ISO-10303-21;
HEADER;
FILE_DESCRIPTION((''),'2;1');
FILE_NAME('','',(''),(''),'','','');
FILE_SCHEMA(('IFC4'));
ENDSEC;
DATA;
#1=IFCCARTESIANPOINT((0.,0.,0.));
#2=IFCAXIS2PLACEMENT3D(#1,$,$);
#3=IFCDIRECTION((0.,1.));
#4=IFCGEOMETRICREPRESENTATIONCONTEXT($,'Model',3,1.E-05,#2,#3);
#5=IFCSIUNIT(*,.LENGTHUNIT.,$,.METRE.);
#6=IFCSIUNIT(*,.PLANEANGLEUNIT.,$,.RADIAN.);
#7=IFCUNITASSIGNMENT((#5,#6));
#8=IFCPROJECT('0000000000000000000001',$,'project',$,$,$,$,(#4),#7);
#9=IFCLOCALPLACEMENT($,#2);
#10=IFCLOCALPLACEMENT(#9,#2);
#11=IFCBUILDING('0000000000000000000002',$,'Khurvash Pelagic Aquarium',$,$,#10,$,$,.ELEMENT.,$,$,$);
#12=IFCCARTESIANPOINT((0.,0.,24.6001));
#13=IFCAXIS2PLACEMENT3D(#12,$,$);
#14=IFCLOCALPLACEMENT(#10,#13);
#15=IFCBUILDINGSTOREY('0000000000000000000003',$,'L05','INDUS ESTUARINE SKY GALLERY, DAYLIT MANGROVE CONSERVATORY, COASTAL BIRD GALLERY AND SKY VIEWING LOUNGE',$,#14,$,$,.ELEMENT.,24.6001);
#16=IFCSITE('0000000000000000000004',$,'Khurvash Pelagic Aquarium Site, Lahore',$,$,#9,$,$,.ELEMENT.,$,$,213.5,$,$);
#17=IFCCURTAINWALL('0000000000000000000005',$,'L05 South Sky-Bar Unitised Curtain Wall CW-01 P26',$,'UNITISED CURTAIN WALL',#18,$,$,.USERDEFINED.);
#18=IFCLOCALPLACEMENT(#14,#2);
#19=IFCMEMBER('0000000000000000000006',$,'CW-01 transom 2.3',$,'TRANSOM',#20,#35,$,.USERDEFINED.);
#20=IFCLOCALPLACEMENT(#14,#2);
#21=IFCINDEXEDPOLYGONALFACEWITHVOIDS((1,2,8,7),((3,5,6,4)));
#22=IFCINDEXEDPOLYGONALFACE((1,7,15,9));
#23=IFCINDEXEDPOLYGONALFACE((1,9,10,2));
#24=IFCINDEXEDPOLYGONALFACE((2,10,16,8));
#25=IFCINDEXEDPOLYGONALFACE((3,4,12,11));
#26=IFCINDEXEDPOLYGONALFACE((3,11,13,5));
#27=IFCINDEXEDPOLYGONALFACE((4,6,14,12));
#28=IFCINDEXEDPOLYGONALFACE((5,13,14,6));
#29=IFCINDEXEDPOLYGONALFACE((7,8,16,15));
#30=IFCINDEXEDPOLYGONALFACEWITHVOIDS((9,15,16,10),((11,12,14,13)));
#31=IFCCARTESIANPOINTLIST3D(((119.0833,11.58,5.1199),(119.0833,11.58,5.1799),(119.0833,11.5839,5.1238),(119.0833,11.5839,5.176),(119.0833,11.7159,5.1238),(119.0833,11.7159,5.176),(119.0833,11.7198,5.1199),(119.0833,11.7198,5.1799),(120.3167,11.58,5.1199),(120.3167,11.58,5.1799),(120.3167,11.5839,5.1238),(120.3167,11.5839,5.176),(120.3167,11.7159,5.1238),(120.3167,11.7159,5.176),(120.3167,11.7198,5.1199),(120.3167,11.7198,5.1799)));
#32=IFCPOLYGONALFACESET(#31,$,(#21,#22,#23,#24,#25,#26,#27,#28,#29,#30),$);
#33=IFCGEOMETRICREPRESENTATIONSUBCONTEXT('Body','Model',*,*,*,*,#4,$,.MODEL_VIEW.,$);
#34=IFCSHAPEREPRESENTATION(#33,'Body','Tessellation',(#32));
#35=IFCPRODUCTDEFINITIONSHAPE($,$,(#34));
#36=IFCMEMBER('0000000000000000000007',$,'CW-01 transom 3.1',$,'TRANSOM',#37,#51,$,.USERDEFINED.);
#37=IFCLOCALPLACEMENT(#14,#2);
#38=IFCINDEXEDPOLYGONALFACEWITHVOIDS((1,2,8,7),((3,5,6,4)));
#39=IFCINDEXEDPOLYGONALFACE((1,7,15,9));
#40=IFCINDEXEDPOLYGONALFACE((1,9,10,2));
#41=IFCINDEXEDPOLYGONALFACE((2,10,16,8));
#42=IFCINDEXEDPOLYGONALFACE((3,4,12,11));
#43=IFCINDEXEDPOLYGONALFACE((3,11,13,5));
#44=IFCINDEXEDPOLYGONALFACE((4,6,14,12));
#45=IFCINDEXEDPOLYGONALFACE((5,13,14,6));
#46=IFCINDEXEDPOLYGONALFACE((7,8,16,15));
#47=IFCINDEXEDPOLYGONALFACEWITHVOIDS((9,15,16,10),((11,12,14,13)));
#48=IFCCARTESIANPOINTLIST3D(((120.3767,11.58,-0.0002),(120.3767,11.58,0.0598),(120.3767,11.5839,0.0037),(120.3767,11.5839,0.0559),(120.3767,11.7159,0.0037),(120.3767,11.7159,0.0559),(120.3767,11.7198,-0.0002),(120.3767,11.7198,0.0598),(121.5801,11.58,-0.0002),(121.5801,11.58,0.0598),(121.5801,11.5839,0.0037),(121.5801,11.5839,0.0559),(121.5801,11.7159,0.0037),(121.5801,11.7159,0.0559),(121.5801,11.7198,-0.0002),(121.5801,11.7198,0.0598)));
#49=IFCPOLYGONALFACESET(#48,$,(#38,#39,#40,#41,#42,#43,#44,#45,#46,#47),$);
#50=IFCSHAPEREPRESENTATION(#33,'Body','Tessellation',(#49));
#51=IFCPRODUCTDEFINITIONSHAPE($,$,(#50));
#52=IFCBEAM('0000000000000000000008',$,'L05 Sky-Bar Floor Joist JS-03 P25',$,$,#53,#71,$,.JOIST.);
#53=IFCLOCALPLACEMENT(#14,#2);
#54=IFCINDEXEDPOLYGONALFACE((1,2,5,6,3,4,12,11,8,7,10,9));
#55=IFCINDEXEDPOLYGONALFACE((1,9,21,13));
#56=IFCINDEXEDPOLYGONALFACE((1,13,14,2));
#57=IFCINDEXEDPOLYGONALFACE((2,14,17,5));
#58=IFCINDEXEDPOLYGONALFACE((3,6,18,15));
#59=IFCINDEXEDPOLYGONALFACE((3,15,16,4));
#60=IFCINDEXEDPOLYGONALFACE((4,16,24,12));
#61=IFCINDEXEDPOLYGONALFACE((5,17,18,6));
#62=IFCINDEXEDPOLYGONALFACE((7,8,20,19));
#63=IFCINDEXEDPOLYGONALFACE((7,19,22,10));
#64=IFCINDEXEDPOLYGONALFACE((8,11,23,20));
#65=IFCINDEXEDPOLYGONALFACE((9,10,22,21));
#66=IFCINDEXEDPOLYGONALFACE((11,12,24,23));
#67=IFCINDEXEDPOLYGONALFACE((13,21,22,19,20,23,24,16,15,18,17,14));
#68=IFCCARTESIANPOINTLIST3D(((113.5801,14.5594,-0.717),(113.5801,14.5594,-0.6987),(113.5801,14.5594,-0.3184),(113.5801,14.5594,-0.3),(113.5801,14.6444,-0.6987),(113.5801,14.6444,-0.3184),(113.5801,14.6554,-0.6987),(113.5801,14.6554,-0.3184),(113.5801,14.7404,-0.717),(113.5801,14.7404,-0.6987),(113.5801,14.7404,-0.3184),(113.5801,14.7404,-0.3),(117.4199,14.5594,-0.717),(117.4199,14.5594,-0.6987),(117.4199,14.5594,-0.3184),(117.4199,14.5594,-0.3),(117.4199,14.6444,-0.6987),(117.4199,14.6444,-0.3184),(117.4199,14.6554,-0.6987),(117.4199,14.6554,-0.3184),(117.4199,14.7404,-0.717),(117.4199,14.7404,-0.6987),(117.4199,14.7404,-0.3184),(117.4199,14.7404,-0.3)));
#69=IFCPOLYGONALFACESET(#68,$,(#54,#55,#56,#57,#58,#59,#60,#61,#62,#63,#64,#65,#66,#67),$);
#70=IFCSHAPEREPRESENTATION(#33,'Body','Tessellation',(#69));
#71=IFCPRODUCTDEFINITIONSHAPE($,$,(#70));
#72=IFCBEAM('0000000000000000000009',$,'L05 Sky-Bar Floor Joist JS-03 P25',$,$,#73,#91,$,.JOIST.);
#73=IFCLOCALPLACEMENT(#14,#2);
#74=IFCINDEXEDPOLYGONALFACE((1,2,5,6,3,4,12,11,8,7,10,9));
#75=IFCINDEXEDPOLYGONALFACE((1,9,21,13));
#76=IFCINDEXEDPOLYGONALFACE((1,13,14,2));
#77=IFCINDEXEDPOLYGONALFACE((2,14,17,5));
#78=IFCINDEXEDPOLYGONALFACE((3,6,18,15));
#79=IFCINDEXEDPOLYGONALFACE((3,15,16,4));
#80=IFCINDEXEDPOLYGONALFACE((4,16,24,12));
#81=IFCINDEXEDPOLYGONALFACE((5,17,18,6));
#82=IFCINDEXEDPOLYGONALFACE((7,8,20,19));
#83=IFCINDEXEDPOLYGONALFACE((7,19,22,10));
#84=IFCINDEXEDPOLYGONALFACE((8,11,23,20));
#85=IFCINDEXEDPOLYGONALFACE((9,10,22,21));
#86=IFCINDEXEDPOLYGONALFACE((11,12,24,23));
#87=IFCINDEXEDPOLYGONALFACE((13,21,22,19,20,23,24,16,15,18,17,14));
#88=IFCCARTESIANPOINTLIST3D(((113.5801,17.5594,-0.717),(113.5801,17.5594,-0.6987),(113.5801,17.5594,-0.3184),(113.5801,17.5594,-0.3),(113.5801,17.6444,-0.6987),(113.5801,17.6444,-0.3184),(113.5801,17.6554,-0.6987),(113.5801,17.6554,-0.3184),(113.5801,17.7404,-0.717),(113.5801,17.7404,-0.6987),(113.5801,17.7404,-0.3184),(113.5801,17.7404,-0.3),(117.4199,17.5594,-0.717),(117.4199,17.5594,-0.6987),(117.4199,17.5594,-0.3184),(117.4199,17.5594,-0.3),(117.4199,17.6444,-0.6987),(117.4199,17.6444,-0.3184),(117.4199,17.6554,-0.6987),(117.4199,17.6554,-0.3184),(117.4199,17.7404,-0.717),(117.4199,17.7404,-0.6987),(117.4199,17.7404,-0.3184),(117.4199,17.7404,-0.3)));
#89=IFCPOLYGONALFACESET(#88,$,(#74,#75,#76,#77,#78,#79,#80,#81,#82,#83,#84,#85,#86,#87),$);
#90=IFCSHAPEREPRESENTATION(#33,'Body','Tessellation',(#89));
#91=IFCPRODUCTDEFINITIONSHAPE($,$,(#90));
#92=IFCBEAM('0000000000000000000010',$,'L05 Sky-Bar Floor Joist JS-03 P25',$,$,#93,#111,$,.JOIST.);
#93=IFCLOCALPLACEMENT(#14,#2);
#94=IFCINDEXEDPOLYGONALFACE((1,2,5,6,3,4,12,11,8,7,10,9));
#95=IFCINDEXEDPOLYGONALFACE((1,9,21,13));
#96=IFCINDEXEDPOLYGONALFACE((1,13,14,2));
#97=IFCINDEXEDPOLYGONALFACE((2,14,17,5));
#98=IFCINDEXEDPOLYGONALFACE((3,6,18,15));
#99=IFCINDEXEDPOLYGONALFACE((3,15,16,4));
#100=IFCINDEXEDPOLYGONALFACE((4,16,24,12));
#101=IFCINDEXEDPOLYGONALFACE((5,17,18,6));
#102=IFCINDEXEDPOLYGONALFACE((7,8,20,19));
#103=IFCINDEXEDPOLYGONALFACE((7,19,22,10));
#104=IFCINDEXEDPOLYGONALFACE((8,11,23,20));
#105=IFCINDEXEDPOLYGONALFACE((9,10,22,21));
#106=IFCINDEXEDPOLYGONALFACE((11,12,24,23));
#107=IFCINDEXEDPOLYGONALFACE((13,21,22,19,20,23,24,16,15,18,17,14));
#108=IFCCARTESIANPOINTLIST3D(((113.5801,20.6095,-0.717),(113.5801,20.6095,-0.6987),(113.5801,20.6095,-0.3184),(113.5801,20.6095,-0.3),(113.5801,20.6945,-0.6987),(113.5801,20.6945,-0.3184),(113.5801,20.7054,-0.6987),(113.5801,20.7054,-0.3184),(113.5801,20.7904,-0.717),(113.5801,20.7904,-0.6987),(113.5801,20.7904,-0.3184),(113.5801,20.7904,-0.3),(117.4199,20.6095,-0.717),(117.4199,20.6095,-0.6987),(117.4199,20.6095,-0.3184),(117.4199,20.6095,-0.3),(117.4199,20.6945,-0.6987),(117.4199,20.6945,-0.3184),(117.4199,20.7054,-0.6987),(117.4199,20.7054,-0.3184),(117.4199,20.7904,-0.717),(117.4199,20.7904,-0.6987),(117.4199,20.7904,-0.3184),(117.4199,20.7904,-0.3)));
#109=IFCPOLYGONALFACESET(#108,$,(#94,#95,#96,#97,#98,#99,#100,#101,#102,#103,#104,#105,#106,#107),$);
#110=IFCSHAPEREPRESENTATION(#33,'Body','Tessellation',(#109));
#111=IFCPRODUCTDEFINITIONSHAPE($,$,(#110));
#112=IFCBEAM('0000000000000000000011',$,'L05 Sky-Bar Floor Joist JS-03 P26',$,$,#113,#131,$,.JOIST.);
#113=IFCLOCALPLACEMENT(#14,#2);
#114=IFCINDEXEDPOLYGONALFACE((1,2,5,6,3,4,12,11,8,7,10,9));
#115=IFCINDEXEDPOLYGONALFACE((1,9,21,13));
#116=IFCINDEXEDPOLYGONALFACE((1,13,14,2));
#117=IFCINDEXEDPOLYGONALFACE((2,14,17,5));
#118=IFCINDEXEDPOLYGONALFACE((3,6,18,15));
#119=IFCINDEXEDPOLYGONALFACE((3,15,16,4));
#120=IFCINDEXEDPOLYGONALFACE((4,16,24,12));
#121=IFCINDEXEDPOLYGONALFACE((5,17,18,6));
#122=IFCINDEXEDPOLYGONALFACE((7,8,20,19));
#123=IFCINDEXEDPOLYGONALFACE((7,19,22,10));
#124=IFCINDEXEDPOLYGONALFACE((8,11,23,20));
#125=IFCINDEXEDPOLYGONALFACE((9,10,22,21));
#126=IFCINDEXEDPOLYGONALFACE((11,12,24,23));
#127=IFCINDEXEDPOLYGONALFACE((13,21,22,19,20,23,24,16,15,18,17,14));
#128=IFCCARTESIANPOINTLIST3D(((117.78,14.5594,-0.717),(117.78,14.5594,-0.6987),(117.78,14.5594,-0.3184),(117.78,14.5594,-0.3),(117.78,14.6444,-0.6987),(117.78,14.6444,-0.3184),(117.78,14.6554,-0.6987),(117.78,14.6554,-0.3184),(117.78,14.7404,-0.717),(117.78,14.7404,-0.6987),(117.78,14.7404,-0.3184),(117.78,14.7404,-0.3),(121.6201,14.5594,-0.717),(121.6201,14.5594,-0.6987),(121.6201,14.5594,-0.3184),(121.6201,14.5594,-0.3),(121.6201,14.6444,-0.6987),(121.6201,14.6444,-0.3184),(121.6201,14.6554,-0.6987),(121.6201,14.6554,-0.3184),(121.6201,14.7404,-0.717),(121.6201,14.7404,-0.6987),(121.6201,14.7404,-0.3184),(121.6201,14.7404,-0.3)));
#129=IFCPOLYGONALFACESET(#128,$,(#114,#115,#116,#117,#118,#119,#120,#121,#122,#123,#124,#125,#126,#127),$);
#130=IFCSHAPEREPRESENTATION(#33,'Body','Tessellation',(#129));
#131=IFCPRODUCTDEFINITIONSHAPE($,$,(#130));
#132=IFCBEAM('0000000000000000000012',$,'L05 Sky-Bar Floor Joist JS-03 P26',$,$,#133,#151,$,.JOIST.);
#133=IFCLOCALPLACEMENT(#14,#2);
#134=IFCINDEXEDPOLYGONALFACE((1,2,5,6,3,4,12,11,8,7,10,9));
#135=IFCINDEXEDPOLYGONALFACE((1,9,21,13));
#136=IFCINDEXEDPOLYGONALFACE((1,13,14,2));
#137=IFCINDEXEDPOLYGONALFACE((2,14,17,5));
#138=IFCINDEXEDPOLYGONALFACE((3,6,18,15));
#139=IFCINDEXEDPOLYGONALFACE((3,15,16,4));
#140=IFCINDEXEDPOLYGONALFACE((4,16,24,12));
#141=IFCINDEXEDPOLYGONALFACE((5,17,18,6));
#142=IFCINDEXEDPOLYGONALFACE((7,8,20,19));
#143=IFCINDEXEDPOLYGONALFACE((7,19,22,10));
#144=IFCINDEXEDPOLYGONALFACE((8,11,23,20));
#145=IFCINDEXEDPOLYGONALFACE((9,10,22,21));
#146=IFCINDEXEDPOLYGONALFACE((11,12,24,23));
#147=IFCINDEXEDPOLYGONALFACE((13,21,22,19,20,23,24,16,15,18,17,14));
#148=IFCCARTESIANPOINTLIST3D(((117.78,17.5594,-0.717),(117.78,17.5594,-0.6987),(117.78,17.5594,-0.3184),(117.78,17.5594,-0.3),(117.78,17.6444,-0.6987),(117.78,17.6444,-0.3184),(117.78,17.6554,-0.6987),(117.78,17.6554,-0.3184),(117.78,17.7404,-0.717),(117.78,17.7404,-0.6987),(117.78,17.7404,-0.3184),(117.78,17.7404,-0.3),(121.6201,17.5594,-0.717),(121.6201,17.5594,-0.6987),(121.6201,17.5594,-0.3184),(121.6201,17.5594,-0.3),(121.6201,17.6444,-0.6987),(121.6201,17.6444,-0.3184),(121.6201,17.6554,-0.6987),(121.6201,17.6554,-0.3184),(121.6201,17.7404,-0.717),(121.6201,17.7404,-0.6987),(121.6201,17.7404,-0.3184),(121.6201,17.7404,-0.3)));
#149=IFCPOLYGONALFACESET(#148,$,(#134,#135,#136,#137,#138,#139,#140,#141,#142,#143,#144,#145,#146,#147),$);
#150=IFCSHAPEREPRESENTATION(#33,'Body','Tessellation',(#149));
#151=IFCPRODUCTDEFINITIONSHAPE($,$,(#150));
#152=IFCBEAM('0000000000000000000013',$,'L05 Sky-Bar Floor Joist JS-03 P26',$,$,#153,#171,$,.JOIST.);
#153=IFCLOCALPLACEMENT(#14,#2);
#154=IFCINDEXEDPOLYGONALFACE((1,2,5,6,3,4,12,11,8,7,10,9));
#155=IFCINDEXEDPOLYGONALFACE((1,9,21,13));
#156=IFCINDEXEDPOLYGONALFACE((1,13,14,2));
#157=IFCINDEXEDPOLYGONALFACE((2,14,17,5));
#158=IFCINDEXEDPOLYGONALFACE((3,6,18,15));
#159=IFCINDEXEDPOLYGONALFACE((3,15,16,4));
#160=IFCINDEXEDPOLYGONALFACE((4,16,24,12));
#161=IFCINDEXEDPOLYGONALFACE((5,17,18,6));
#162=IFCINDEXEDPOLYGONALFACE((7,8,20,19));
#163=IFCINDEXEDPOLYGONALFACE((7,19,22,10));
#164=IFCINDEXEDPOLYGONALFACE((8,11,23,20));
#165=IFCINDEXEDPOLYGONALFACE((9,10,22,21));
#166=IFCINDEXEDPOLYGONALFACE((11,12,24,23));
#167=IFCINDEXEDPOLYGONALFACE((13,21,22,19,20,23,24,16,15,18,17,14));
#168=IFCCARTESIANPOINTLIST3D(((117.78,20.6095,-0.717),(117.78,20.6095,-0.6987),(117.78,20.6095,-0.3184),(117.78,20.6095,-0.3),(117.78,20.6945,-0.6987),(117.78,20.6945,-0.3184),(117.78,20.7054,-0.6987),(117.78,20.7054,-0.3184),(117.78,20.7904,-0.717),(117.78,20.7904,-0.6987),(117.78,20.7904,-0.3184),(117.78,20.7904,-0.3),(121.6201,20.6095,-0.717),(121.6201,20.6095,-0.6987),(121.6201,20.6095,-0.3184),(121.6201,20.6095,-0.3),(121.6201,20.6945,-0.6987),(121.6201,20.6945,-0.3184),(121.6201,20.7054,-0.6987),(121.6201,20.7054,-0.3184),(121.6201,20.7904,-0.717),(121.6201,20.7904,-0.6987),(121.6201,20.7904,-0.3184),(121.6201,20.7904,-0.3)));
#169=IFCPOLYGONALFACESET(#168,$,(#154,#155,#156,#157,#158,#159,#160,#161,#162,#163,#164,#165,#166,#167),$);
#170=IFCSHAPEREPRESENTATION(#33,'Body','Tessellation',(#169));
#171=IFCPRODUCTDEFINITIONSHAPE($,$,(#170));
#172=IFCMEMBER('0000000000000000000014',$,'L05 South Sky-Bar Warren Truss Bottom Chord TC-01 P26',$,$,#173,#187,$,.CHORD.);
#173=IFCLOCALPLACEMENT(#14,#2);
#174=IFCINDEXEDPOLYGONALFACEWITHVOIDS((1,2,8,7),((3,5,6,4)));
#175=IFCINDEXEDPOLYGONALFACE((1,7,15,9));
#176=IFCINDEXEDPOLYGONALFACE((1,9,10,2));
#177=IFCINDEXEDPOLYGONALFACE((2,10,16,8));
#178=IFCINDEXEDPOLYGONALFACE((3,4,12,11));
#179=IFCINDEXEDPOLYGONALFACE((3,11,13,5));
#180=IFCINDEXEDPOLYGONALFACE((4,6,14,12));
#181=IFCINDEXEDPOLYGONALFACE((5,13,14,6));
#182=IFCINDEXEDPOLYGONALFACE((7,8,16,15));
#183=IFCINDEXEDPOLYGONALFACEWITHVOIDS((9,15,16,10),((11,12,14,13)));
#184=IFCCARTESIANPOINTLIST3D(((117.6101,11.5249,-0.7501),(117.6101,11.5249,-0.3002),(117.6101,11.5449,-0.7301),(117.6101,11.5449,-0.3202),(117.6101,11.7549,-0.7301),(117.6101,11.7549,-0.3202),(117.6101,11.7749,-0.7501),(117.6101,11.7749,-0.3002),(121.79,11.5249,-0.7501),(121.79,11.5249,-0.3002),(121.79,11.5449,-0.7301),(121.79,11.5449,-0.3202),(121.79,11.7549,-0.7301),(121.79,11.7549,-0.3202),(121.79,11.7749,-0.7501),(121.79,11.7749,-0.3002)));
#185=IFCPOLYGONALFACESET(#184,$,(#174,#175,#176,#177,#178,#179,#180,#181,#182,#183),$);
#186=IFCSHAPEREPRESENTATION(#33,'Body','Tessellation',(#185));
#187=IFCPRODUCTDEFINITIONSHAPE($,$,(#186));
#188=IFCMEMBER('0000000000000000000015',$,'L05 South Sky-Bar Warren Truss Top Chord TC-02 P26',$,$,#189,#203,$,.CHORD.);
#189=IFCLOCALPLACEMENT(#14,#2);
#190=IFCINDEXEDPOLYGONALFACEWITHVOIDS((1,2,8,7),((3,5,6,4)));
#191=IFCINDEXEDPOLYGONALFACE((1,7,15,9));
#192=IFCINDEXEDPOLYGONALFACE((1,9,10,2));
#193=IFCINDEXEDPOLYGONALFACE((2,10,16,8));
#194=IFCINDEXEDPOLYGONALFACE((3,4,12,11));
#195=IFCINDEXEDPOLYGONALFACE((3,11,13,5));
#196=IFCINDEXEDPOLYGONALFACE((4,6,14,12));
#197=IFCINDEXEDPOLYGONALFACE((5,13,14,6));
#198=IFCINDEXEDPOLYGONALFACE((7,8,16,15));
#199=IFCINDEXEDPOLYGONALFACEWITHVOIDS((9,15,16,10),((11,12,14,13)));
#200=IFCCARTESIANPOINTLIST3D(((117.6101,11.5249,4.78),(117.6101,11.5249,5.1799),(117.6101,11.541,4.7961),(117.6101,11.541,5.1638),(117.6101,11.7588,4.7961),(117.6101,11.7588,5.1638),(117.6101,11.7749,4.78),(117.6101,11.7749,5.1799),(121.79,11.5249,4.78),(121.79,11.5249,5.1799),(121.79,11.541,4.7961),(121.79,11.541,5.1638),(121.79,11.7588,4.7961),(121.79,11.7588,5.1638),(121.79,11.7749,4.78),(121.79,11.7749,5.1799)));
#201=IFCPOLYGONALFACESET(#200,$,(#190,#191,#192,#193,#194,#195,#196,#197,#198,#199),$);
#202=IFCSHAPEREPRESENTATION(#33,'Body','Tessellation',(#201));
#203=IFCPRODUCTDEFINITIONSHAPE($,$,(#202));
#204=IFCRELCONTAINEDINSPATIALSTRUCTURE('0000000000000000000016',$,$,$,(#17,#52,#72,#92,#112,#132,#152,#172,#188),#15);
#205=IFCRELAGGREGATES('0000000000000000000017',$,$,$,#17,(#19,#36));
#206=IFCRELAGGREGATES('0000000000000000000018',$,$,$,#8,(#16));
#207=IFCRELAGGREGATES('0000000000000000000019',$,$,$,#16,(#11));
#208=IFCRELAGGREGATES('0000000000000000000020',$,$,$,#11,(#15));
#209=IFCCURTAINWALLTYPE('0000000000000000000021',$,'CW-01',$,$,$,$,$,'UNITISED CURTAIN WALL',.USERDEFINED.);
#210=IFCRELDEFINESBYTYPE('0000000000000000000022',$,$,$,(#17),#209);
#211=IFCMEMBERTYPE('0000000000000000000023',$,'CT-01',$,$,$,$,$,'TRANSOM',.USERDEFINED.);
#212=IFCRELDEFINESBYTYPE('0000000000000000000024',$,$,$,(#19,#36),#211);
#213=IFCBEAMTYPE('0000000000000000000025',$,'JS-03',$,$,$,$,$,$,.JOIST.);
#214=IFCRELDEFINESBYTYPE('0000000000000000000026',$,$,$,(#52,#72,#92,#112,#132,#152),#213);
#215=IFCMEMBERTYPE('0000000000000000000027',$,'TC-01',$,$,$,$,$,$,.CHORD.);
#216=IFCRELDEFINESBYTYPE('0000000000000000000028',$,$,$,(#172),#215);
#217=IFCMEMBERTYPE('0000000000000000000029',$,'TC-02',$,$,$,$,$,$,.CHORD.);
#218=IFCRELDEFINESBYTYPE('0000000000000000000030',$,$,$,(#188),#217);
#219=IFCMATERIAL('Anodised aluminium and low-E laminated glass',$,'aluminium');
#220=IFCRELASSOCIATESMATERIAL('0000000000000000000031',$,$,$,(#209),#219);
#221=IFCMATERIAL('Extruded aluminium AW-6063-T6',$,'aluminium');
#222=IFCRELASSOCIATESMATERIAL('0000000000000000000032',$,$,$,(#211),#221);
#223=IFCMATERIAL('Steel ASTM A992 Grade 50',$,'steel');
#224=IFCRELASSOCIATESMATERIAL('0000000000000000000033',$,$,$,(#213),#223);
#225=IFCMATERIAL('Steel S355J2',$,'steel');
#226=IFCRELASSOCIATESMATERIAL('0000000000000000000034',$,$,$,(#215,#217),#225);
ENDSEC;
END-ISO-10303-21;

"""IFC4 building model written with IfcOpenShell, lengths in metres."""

from ifc_helpers import new_model, si_unit, direction, frame, origin, origin_2d, place, context, subcontext, project, spatial, hollow_rectangle, i_section, extrude, material, material_profile, profile_set, type_object, element, aggregate, save


model = new_model("IFC4")

# Units and contexts
model_context = context("Model", 3, precision=1e-05, world=origin(), true_north=direction((0.0, 1.0)))
body_context = subcontext(model_context, "Body", "Model", "MODEL_VIEW")
ifc_project = project(units=[si_unit("LENGTHUNIT", "METRE"), si_unit("PLANEANGLEUNIT", "RADIAN")], contexts=[model_context])

# Site, building, storey
site_placement = place(None, origin())
site = spatial("IfcSite", under=ifc_project, at=site_placement, Name="Khurvash Pelagic Aquarium Site, Lahore", CompositionType="ELEMENT", RefElevation=213.5)
building_placement = place(site_placement, origin())
building = spatial("IfcBuilding", under=site, at=building_placement, Name="Khurvash Pelagic Aquarium", CompositionType="ELEMENT")
storey_placement = place(building_placement, frame((0.0, 0.0, 24.6001)))
storey = spatial("IfcBuildingStorey", under=building, at=storey_placement, Name="L05", Description="INDUS ESTUARINE SKY GALLERY, DAYLIT MANGROVE CONSERVATORY, COASTAL BIRD GALLERY AND SKY VIEWING LOUNGE", CompositionType="ELEMENT", Elevation=24.6001)

# Shared definitions
ifc_material_1 = material(Name="Steel ASTM A992 Grade 50", Category="steel")

# Curtain wall, members
ifc_material_2 = material(Name="Anodised aluminium and low-E laminated glass", Category="aluminium")
curtain_wall_type = type_object("IfcCurtainWallType", Name="CW-01", ElementType="UNITISED CURTAIN WALL", PredefinedType="USERDEFINED", material=ifc_material_2)
curtain_wall_placement = place(storey_placement, origin())
curtain_wall = element("IfcCurtainWall", 1, at=curtain_wall_placement, inside=storey, type_object=curtain_wall_type, Name="L05 South Sky-Bar Unitised Curtain Wall CW-01 P26", ObjectType="UNITISED CURTAIN WALL", PredefinedType="USERDEFINED")
ifc_material_3 = material(Name="Extruded aluminium AW-6063-T6", Category="aluminium")
ifc_material_profile_1 = material_profile(ifc_material_3, hollow_rectangle(XDim=0.1399, YDim=0.0601, WallThickness=0.0039, at=origin_2d()), Name="CWT140X60X4")
ifc_profile_set_1 = profile_set([ifc_material_profile_1], Name="Extruded aluminium AW-6063-T6")
member_type_1 = type_object("IfcMemberType", Name="CT-01", ElementType="TRANSOM", PredefinedType="USERDEFINED", material=ifc_profile_set_1)
member_1_placement = place(storey_placement, frame((119.0833, 11.6499, 5.1499), z_axis=(1.0, 0.0, 0.0), x_axis=(0.0, 1.0, 0.0)))
member_1 = element("IfcMember", 2, at=member_1_placement, type_object=member_type_1, Name="CW-01 transom 2.3", ObjectType="TRANSOM", PredefinedType="USERDEFINED", context=body_context, shape_type="SweptSolid", body=[
    extrude(hollow_rectangle(XDim=0.1399, YDim=0.0601, WallThickness=0.0039, at=origin_2d()), origin(), (0.0, 0.0, 1.0), 1.2334),
])
member_2_placement = place(storey_placement, frame((120.3767, 11.6499, 0.0298), z_axis=(1.0, 0.0, 0.0), x_axis=(0.0, 1.0, 0.0)))
member_2 = element("IfcMember", 3, at=member_2_placement, type_object=member_type_1, Name="CW-01 transom 3.1", ObjectType="TRANSOM", PredefinedType="USERDEFINED", context=body_context, shape_type="SweptSolid", body=[
    extrude(hollow_rectangle(XDim=0.1399, YDim=0.0601, WallThickness=0.0039, at=origin_2d()), origin(), (0.0, 0.0, 1.0), 1.2034),
])

# Beams
ifc_material_profile_2 = material_profile(ifc_material_1, i_section(OverallWidth=0.1809, OverallDepth=0.417, WebThickness=0.011, FlangeThickness=0.0183, at=origin_2d()), Name="W16X57")
ifc_profile_set_2 = profile_set([ifc_material_profile_2], Name="Steel ASTM A992 Grade 50")
beam_type_1 = type_object("IfcBeamType", Name="JS-03", PredefinedType="JOIST", material=ifc_profile_set_2)
for number, where, z_axis, x_axis, name in (
    (4, (113.5801, 14.6499, -0.5085), (1.0, 0.0, 0.0), (0.0, 1.0, 0.0), "L05 Sky-Bar Floor Joist JS-03 P25"),
    (5, (113.5801, 17.6499, -0.5085), (1.0, 0.0, 0.0), (0.0, 1.0, 0.0), "L05 Sky-Bar Floor Joist JS-03 P25"),
    (6, (113.5801, 20.7, -0.5085), (1.0, 0.0, 0.0), (0.0, 1.0, 0.0), "L05 Sky-Bar Floor Joist JS-03 P25"),
):
    element("IfcBeam", number, at=place(storey_placement, frame(where, z_axis=z_axis, x_axis=x_axis)), inside=storey, type_object=beam_type_1, Name=name, PredefinedType="JOIST", context=body_context, shape_type="SweptSolid", body=[
        extrude(i_section(OverallWidth=0.1809, OverallDepth=0.417, WebThickness=0.011, FlangeThickness=0.0183, at=origin_2d()), origin(), (0.0, 0.0, 1.0), 3.8398),
    ])
for number, where, z_axis, x_axis, name in (
    (7, (117.78, 14.6499, -0.5085), (1.0, 0.0, 0.0), (0.0, 1.0, 0.0), "L05 Sky-Bar Floor Joist JS-03 P26"),
    (8, (117.78, 17.6499, -0.5085), (1.0, 0.0, 0.0), (0.0, 1.0, 0.0), "L05 Sky-Bar Floor Joist JS-03 P26"),
    (9, (117.78, 20.7, -0.5085), (1.0, 0.0, 0.0), (0.0, 1.0, 0.0), "L05 Sky-Bar Floor Joist JS-03 P26"),
):
    element("IfcBeam", number, at=place(storey_placement, frame(where, z_axis=z_axis, x_axis=x_axis)), inside=storey, type_object=beam_type_1, Name=name, PredefinedType="JOIST", context=body_context, shape_type="SweptSolid", body=[
        extrude(i_section(OverallWidth=0.1809, OverallDepth=0.417, WebThickness=0.011, FlangeThickness=0.0183, at=origin_2d()), origin(), (0.0, 0.0, 1.0), 3.8401),
    ])

# Members
ifc_material_4 = material(Name="Steel S355J2", Category="steel")
ifc_material_profile_3 = material_profile(ifc_material_4, hollow_rectangle(XDim=0.25, YDim=0.45, WallThickness=0.02, at=origin_2d()), Name="RHS450X250X20")
ifc_profile_set_3 = profile_set([ifc_material_profile_3], Name="Steel S355J2")
member_type_2 = type_object("IfcMemberType", Name="TC-01", PredefinedType="CHORD", material=ifc_profile_set_3)
member_3_placement = place(storey_placement, frame((117.6101, 11.6499, -0.5251), z_axis=(1.0, 0.0, 0.0), x_axis=(0.0, 1.0, 0.0)))
element("IfcMember", 10, at=member_3_placement, inside=storey, type_object=member_type_2, Name="L05 South Sky-Bar Warren Truss Bottom Chord TC-01 P26", PredefinedType="CHORD", context=body_context, shape_type="SweptSolid", body=[
    extrude(hollow_rectangle(XDim=0.25, YDim=0.45, WallThickness=0.02, at=origin_2d()), origin(), (0.0, 0.0, 1.0), 4.1799),
])
ifc_material_profile_4 = material_profile(ifc_material_4, hollow_rectangle(XDim=0.25, YDim=0.3999, WallThickness=0.0161, at=origin_2d()), Name="RHS400X250X16")
ifc_profile_set_4 = profile_set([ifc_material_profile_4], Name="Steel S355J2")
member_type_3 = type_object("IfcMemberType", Name="TC-02", PredefinedType="CHORD", material=ifc_profile_set_4)
member_4_placement = place(storey_placement, frame((117.6101, 11.6499, 4.98), z_axis=(1.0, 0.0, 0.0), x_axis=(0.0, 1.0, 0.0)))
element("IfcMember", 11, at=member_4_placement, inside=storey, type_object=member_type_3, Name="L05 South Sky-Bar Warren Truss Top Chord TC-02 P26", PredefinedType="CHORD", context=body_context, shape_type="SweptSolid", body=[
    extrude(hollow_rectangle(XDim=0.25, YDim=0.3999, WallThickness=0.0161, at=origin_2d()), origin(), (0.0, 0.0, 1.0), 4.1799),
])

aggregate(curtain_wall, [member_1, member_2])

save(model, "model.ifc")
